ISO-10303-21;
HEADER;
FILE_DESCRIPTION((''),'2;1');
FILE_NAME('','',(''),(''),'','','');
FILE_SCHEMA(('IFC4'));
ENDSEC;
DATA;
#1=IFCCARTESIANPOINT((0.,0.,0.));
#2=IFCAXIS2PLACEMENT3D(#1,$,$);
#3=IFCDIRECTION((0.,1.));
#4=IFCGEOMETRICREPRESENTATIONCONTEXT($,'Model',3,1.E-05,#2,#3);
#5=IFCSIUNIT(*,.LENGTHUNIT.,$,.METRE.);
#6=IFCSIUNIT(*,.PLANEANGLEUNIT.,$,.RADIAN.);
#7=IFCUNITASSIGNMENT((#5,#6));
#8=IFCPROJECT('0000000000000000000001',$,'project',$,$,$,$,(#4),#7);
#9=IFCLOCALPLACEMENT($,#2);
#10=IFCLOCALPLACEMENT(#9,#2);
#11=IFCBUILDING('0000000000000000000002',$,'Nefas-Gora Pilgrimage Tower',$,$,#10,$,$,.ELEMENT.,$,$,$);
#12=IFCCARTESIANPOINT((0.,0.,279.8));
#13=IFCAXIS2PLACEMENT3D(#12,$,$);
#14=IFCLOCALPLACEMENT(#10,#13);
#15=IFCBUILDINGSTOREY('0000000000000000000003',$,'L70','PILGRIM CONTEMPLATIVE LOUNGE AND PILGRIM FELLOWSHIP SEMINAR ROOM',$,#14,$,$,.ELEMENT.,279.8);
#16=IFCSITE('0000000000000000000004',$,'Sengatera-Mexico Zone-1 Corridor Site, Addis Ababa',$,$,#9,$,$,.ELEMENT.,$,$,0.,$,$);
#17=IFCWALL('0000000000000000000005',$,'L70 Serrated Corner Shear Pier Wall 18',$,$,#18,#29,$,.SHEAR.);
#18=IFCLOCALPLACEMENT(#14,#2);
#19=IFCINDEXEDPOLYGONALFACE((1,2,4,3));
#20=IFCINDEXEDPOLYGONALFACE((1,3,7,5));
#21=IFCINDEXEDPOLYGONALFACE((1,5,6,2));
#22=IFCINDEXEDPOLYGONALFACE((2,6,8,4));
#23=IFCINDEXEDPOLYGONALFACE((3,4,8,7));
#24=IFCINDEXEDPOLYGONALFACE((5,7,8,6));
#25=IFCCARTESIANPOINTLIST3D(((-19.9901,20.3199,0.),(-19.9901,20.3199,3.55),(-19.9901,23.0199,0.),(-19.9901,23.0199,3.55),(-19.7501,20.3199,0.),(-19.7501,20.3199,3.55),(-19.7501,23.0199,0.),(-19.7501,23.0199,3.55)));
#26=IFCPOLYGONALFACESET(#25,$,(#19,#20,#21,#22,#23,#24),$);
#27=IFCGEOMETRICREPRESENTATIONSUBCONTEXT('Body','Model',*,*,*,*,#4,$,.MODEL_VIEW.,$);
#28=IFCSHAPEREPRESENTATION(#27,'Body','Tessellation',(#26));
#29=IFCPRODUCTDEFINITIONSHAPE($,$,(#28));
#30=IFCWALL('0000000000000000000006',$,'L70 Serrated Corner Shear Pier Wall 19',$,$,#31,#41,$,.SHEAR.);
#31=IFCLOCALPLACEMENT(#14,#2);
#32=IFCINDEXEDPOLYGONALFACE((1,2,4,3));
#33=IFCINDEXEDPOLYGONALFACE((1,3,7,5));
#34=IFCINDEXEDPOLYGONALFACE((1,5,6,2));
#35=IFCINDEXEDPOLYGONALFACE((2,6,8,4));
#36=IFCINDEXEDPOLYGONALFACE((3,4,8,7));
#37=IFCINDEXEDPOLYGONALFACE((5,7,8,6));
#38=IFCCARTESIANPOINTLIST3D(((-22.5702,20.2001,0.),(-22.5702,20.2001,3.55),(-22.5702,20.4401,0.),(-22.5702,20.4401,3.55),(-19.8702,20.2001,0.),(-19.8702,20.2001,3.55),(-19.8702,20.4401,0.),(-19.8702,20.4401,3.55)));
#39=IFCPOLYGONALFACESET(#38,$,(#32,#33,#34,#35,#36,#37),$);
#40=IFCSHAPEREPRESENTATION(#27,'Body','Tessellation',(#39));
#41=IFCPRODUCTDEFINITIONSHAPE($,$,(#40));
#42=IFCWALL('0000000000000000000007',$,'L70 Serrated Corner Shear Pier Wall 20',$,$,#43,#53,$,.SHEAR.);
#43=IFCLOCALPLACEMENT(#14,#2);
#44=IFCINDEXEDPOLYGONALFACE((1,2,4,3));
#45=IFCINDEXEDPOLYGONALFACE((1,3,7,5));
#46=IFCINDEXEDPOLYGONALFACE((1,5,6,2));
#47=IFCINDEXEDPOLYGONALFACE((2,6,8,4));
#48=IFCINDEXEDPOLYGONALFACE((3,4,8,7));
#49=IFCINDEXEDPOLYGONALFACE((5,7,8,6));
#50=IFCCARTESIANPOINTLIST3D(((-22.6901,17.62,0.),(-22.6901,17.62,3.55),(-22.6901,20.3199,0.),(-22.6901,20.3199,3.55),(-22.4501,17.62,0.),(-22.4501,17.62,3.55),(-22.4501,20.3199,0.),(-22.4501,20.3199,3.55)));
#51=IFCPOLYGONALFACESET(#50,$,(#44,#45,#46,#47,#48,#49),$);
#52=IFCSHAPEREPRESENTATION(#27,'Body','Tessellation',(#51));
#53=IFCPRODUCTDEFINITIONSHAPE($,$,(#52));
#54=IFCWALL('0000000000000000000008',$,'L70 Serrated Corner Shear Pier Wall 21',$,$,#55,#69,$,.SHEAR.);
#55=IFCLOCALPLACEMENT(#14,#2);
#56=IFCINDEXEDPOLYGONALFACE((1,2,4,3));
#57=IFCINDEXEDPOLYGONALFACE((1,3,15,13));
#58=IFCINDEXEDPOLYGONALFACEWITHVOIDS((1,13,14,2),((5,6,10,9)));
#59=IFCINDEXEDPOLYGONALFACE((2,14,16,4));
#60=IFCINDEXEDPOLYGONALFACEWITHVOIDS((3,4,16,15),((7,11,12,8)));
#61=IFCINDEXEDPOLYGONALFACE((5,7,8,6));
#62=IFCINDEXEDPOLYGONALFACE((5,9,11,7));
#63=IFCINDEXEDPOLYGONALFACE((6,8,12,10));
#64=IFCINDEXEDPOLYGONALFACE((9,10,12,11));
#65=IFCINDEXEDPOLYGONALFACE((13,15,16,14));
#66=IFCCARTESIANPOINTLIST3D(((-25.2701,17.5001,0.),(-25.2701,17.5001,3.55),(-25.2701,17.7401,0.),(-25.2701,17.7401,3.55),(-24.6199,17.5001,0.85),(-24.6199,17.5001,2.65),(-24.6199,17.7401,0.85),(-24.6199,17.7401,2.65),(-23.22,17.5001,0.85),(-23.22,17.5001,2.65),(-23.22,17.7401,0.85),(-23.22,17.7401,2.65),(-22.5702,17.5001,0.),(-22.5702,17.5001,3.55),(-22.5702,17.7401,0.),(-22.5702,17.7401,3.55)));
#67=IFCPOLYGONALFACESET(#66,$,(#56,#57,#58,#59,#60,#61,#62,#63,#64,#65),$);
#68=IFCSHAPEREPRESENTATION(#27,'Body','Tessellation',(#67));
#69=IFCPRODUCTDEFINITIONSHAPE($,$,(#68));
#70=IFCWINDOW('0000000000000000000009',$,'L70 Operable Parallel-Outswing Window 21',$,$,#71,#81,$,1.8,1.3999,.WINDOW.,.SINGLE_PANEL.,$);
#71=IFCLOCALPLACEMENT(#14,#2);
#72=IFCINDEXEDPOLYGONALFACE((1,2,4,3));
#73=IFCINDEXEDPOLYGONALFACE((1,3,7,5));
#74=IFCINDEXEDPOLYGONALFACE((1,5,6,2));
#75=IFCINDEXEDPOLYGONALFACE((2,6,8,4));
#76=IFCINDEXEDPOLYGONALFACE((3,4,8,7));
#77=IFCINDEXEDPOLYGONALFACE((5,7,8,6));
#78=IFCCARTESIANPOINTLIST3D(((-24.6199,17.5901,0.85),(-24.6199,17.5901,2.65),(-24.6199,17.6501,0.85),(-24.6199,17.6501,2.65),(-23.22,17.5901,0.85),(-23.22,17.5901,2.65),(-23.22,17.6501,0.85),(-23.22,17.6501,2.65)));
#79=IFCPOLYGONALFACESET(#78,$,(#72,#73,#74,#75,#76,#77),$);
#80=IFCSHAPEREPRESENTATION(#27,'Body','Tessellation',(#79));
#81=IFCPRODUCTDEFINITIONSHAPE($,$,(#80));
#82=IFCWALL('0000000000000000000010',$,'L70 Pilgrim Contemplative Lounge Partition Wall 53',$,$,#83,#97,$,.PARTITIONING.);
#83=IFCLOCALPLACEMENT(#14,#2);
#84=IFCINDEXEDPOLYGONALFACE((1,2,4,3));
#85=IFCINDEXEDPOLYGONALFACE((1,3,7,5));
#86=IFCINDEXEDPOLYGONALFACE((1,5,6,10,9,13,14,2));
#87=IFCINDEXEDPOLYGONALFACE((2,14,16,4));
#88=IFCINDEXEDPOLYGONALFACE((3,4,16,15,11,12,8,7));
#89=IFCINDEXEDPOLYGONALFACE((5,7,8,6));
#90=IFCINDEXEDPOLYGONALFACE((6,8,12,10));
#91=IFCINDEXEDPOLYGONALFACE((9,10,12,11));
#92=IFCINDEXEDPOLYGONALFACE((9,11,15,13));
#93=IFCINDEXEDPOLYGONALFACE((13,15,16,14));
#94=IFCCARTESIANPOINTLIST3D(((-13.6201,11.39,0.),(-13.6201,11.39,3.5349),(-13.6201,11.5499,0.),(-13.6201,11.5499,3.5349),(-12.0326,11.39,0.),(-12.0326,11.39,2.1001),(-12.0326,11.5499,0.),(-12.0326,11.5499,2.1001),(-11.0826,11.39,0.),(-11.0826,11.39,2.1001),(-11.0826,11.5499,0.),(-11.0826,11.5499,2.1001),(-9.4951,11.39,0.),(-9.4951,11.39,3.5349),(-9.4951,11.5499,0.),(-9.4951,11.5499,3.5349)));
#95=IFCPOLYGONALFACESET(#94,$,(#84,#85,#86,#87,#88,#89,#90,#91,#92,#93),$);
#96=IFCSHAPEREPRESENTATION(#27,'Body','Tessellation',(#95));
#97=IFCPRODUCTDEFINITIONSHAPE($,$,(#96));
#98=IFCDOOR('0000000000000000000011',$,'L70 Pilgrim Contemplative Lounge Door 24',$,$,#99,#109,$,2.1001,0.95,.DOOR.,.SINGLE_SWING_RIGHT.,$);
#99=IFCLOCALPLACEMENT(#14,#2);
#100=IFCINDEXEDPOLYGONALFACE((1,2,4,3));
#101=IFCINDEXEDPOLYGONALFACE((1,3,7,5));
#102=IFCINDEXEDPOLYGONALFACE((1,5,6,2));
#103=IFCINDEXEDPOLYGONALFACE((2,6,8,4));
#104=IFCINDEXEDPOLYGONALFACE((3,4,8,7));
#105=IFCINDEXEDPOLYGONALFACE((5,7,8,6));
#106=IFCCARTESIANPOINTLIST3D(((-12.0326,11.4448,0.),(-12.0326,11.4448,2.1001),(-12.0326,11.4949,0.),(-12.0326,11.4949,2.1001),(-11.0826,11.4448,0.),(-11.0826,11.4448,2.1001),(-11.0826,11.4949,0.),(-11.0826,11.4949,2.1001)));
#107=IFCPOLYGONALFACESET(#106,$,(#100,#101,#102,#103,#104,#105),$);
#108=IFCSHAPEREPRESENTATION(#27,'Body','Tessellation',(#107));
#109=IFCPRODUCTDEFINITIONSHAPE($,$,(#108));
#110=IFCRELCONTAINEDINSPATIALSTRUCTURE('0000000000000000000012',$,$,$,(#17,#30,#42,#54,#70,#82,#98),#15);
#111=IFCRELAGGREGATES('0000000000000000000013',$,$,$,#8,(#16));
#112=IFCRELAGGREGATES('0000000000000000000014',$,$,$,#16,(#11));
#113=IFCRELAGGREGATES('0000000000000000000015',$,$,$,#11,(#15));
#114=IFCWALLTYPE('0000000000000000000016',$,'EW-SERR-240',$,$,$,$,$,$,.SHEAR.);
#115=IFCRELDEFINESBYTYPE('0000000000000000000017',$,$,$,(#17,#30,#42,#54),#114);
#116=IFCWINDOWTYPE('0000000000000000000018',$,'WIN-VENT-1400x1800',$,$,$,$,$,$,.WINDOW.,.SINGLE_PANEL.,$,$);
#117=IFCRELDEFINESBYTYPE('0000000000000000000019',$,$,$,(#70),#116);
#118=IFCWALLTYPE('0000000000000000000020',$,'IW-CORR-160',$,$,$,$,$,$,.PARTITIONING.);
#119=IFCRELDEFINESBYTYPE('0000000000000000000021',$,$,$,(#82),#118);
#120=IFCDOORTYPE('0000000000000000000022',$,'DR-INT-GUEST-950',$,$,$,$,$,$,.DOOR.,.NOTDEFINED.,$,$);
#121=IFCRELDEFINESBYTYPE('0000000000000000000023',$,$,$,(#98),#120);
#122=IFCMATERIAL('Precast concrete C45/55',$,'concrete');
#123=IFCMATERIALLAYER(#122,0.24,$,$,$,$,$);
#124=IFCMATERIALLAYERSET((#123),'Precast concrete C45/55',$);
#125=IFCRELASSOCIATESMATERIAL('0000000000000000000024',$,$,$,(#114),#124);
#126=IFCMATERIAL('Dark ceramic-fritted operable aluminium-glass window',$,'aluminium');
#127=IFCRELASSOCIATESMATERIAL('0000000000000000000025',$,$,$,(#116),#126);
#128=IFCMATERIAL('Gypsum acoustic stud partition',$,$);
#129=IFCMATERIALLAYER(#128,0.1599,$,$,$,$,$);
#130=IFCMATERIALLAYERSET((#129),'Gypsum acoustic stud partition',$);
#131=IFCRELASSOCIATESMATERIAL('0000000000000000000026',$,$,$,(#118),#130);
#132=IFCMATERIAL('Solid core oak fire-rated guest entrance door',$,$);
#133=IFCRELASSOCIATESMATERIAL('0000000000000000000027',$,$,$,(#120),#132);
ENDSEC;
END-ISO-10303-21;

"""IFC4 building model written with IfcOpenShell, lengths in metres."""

from ifc_helpers import new_model, si_unit, direction, frame, frame_2d, origin, place, context, subcontext, project, spatial, rectangle, extrude, source, transform, mapped, material, layer, layer_set, type_object, element, fill, save


model = new_model("IFC4")

# Units and contexts
model_context = context("Model", 3, precision=1e-05, world=origin(), true_north=direction((0.0, 1.0)))
body_context = subcontext(model_context, "Body", "Model", "MODEL_VIEW")
ifc_project = project(units=[si_unit("LENGTHUNIT", "METRE"), si_unit("PLANEANGLEUNIT", "RADIAN")], contexts=[model_context])

# Site, building, storey
site_placement = place(None, origin())
site = spatial("IfcSite", under=ifc_project, at=site_placement, Name="Sengatera-Mexico Zone-1 Corridor Site, Addis Ababa", CompositionType="ELEMENT", RefElevation=0.0)
building_placement = place(site_placement, origin())
building = spatial("IfcBuilding", under=site, at=building_placement, Name="Nefas-Gora Pilgrimage Tower", CompositionType="ELEMENT")
storey_placement = place(building_placement, frame((0.0, 0.0, 279.8)))
storey = spatial("IfcBuildingStorey", under=building, at=storey_placement, Name="L70", Description="PILGRIM CONTEMPLATIVE LOUNGE AND PILGRIM FELLOWSHIP SEMINAR ROOM", CompositionType="ELEMENT", Elevation=279.8)

# Walls
ifc_material_1 = material(Name="Precast concrete C45/55", Category="concrete")
ifc_layer_1 = layer(ifc_material_1, 0.24)
ifc_layer_set_1 = layer_set([ifc_layer_1], Name="Precast concrete C45/55")
wall_type_1 = type_object("IfcWallType", Name="EW-SERR-240", PredefinedType="SHEAR", material=ifc_layer_set_1)
shared_shape_1 = source(origin(), body_context, "Body", "SweptSolid", [
    extrude(rectangle(XDim=2.7, YDim=0.24, at=frame_2d((1.3501, 0.0))), origin(), (0.0, 0.0, 1.0), 3.55),
])
for number, where, z_axis, x_axis, name in (
    (1, (-19.8701, 23.02, 0.0), (0.0, 0.0, 1.0), (0.0, -1.0, 0.0), "L70 Serrated Corner Shear Pier Wall 18"),
    (2, (-19.8701, 20.3201, 0.0), (0.0, 0.0, 1.0), (-1.0, 0.0, 0.0), "L70 Serrated Corner Shear Pier Wall 19"),
    (3, (-22.5701, 20.3201, 0.0), (0.0, 0.0, 1.0), (0.0, -1.0, 0.0), "L70 Serrated Corner Shear Pier Wall 20"),
):
    element("IfcWall", number, at=place(storey_placement, frame(where, z_axis=z_axis, x_axis=x_axis)), inside=storey, type_object=wall_type_1, Name=name, PredefinedType="SHEAR", context=body_context, shape_type="MappedRepresentation", body=[
        mapped(shared_shape_1, transform((0.0, 0.0, 0.0), x_axis=(1.0, 0.0, 0.0), y_axis=(0.0, 1.0, 0.0), z_axis=(0.0, 0.0, 1.0), scale=1.0)),
    ])

# Wall, opening, window
wall_1_placement = place(storey_placement, frame((-22.5701, 17.6201, 0.0), z_axis=(0.0, 0.0, 1.0), x_axis=(-1.0, 0.0, 0.0)))
wall_1 = element("IfcWall", 4, at=wall_1_placement, inside=storey, type_object=wall_type_1, Name="L70 Serrated Corner Shear Pier Wall 21", PredefinedType="SHEAR", context=body_context, shape_type="MappedRepresentation", body=[
    mapped(shared_shape_1, transform((0.0, 0.0, 0.0), x_axis=(1.0, 0.0, 0.0), y_axis=(0.0, 1.0, 0.0), z_axis=(0.0, 0.0, 1.0), scale=1.0)),
])
opening_1_placement = place(wall_1_placement, frame((0.6499, 0.0, 0.8501)))
opening_1 = element("IfcOpeningElement", 5, at=opening_1_placement, cuts=wall_1, PredefinedType="OPENING", context=body_context, shape_type="SweptSolid", body=[
    extrude(rectangle(XDim=1.3999, YDim=1.8, at=frame_2d((0.7, 0.8999))), frame((0.0, 0.1299, 0.0), z_axis=(0.0, -1.0, 0.0), x_axis=(1.0, 0.0, 0.0)), (0.0, 0.0, 1.0), 0.26),
])
ifc_material_2 = material(Name="Dark ceramic-fritted operable aluminium-glass window", Category="aluminium")
window_type = type_object("IfcWindowType", Name="WIN-VENT-1400x1800", PartitioningType="SINGLE_PANEL", PredefinedType="WINDOW", material=ifc_material_2)
shared_shape_2 = source(origin(), body_context, "Body", "SweptSolid", [
    extrude(rectangle(XDim=1.3999, YDim=1.8, at=frame_2d((0.7, 0.8999))), frame((0.0, 0.03, 0.0), z_axis=(0.0, -1.0, 0.0), x_axis=(1.0, 0.0, 0.0)), (0.0, 0.0, 1.0), 0.0601),
])
window_placement = place(opening_1_placement, origin())
window = element("IfcWindow", 6, at=window_placement, inside=storey, type_object=window_type, Name="L70 Operable Parallel-Outswing Window 21", OverallHeight=1.8, OverallWidth=1.3999, PartitioningType="SINGLE_PANEL", PredefinedType="WINDOW", context=body_context, shape_type="MappedRepresentation", body=[
    mapped(shared_shape_2, transform((0.0, 0.0, 0.0), x_axis=(1.0, 0.0, 0.0), y_axis=(0.0, 1.0, 0.0), z_axis=(0.0, 0.0, 1.0), scale=1.0)),
])
fill(opening_1, window)

# Wall, opening, door
ifc_material_3 = material(Name="Gypsum acoustic stud partition")
ifc_layer_2 = layer(ifc_material_3, 0.1599)
ifc_layer_set_2 = layer_set([ifc_layer_2], Name="Gypsum acoustic stud partition")
wall_type_2 = type_object("IfcWallType", Name="IW-CORR-160", PredefinedType="PARTITIONING", material=ifc_layer_set_2)
shared_shape_3 = source(origin(), body_context, "Body", "SweptSolid", [
    extrude(rectangle(XDim=4.125, YDim=0.1599, at=frame_2d((2.0625, 0.0))), origin(), (0.0, 0.0, 1.0), 3.5349),
])
wall_2_placement = place(storey_placement, frame((-13.6201, 11.47, 0.0), z_axis=(0.0, 0.0, 1.0), x_axis=(1.0, 0.0, 0.0)))
wall_2 = element("IfcWall", 7, at=wall_2_placement, inside=storey, type_object=wall_type_2, Name="L70 Pilgrim Contemplative Lounge Partition Wall 53", PredefinedType="PARTITIONING", context=body_context, shape_type="MappedRepresentation", body=[
    mapped(shared_shape_3, transform((0.0, 0.0, 0.0), x_axis=(1.0, 0.0, 0.0), y_axis=(0.0, 1.0, 0.0), z_axis=(0.0, 0.0, 1.0), scale=1.0)),
])
opening_2_placement = place(wall_2_placement, frame((1.5874, 0.0, 0.0)))
opening_2 = element("IfcOpeningElement", 8, at=opening_2_placement, cuts=wall_2, PredefinedType="OPENING", context=body_context, shape_type="SweptSolid", body=[
    extrude(rectangle(XDim=0.95, YDim=2.1001, at=frame_2d((0.4751, 1.05))), frame((0.0, 0.0898, 0.0), z_axis=(0.0, -1.0, 0.0), x_axis=(1.0, 0.0, 0.0)), (0.0, 0.0, 1.0), 0.1799),
])
ifc_material_4 = material(Name="Solid core oak fire-rated guest entrance door")
door_type = type_object("IfcDoorType", Name="DR-INT-GUEST-950", OperationType="NOTDEFINED", PredefinedType="DOOR", material=ifc_material_4)
shared_shape_4 = source(origin(), body_context, "Body", "SweptSolid", [
    extrude(rectangle(XDim=0.95, YDim=2.1001, at=frame_2d((0.4751, 1.05))), frame((0.0, 0.0249, 0.0), z_axis=(0.0, -1.0, 0.0), x_axis=(1.0, 0.0, 0.0)), (0.0, 0.0, 1.0), 0.05),
])
door_placement = place(opening_2_placement, origin())
door = element("IfcDoor", 9, at=door_placement, inside=storey, type_object=door_type, Name="L70 Pilgrim Contemplative Lounge Door 24", OperationType="SINGLE_SWING_RIGHT", OverallHeight=2.1001, OverallWidth=0.95, PredefinedType="DOOR", context=body_context, shape_type="MappedRepresentation", body=[
    mapped(shared_shape_4, transform((0.0, 0.0, 0.0), x_axis=(1.0, 0.0, 0.0), y_axis=(0.0, 1.0, 0.0), z_axis=(0.0, 0.0, 1.0), scale=1.0)),
])
fill(opening_2, door)

save(model, "model.ifc")
